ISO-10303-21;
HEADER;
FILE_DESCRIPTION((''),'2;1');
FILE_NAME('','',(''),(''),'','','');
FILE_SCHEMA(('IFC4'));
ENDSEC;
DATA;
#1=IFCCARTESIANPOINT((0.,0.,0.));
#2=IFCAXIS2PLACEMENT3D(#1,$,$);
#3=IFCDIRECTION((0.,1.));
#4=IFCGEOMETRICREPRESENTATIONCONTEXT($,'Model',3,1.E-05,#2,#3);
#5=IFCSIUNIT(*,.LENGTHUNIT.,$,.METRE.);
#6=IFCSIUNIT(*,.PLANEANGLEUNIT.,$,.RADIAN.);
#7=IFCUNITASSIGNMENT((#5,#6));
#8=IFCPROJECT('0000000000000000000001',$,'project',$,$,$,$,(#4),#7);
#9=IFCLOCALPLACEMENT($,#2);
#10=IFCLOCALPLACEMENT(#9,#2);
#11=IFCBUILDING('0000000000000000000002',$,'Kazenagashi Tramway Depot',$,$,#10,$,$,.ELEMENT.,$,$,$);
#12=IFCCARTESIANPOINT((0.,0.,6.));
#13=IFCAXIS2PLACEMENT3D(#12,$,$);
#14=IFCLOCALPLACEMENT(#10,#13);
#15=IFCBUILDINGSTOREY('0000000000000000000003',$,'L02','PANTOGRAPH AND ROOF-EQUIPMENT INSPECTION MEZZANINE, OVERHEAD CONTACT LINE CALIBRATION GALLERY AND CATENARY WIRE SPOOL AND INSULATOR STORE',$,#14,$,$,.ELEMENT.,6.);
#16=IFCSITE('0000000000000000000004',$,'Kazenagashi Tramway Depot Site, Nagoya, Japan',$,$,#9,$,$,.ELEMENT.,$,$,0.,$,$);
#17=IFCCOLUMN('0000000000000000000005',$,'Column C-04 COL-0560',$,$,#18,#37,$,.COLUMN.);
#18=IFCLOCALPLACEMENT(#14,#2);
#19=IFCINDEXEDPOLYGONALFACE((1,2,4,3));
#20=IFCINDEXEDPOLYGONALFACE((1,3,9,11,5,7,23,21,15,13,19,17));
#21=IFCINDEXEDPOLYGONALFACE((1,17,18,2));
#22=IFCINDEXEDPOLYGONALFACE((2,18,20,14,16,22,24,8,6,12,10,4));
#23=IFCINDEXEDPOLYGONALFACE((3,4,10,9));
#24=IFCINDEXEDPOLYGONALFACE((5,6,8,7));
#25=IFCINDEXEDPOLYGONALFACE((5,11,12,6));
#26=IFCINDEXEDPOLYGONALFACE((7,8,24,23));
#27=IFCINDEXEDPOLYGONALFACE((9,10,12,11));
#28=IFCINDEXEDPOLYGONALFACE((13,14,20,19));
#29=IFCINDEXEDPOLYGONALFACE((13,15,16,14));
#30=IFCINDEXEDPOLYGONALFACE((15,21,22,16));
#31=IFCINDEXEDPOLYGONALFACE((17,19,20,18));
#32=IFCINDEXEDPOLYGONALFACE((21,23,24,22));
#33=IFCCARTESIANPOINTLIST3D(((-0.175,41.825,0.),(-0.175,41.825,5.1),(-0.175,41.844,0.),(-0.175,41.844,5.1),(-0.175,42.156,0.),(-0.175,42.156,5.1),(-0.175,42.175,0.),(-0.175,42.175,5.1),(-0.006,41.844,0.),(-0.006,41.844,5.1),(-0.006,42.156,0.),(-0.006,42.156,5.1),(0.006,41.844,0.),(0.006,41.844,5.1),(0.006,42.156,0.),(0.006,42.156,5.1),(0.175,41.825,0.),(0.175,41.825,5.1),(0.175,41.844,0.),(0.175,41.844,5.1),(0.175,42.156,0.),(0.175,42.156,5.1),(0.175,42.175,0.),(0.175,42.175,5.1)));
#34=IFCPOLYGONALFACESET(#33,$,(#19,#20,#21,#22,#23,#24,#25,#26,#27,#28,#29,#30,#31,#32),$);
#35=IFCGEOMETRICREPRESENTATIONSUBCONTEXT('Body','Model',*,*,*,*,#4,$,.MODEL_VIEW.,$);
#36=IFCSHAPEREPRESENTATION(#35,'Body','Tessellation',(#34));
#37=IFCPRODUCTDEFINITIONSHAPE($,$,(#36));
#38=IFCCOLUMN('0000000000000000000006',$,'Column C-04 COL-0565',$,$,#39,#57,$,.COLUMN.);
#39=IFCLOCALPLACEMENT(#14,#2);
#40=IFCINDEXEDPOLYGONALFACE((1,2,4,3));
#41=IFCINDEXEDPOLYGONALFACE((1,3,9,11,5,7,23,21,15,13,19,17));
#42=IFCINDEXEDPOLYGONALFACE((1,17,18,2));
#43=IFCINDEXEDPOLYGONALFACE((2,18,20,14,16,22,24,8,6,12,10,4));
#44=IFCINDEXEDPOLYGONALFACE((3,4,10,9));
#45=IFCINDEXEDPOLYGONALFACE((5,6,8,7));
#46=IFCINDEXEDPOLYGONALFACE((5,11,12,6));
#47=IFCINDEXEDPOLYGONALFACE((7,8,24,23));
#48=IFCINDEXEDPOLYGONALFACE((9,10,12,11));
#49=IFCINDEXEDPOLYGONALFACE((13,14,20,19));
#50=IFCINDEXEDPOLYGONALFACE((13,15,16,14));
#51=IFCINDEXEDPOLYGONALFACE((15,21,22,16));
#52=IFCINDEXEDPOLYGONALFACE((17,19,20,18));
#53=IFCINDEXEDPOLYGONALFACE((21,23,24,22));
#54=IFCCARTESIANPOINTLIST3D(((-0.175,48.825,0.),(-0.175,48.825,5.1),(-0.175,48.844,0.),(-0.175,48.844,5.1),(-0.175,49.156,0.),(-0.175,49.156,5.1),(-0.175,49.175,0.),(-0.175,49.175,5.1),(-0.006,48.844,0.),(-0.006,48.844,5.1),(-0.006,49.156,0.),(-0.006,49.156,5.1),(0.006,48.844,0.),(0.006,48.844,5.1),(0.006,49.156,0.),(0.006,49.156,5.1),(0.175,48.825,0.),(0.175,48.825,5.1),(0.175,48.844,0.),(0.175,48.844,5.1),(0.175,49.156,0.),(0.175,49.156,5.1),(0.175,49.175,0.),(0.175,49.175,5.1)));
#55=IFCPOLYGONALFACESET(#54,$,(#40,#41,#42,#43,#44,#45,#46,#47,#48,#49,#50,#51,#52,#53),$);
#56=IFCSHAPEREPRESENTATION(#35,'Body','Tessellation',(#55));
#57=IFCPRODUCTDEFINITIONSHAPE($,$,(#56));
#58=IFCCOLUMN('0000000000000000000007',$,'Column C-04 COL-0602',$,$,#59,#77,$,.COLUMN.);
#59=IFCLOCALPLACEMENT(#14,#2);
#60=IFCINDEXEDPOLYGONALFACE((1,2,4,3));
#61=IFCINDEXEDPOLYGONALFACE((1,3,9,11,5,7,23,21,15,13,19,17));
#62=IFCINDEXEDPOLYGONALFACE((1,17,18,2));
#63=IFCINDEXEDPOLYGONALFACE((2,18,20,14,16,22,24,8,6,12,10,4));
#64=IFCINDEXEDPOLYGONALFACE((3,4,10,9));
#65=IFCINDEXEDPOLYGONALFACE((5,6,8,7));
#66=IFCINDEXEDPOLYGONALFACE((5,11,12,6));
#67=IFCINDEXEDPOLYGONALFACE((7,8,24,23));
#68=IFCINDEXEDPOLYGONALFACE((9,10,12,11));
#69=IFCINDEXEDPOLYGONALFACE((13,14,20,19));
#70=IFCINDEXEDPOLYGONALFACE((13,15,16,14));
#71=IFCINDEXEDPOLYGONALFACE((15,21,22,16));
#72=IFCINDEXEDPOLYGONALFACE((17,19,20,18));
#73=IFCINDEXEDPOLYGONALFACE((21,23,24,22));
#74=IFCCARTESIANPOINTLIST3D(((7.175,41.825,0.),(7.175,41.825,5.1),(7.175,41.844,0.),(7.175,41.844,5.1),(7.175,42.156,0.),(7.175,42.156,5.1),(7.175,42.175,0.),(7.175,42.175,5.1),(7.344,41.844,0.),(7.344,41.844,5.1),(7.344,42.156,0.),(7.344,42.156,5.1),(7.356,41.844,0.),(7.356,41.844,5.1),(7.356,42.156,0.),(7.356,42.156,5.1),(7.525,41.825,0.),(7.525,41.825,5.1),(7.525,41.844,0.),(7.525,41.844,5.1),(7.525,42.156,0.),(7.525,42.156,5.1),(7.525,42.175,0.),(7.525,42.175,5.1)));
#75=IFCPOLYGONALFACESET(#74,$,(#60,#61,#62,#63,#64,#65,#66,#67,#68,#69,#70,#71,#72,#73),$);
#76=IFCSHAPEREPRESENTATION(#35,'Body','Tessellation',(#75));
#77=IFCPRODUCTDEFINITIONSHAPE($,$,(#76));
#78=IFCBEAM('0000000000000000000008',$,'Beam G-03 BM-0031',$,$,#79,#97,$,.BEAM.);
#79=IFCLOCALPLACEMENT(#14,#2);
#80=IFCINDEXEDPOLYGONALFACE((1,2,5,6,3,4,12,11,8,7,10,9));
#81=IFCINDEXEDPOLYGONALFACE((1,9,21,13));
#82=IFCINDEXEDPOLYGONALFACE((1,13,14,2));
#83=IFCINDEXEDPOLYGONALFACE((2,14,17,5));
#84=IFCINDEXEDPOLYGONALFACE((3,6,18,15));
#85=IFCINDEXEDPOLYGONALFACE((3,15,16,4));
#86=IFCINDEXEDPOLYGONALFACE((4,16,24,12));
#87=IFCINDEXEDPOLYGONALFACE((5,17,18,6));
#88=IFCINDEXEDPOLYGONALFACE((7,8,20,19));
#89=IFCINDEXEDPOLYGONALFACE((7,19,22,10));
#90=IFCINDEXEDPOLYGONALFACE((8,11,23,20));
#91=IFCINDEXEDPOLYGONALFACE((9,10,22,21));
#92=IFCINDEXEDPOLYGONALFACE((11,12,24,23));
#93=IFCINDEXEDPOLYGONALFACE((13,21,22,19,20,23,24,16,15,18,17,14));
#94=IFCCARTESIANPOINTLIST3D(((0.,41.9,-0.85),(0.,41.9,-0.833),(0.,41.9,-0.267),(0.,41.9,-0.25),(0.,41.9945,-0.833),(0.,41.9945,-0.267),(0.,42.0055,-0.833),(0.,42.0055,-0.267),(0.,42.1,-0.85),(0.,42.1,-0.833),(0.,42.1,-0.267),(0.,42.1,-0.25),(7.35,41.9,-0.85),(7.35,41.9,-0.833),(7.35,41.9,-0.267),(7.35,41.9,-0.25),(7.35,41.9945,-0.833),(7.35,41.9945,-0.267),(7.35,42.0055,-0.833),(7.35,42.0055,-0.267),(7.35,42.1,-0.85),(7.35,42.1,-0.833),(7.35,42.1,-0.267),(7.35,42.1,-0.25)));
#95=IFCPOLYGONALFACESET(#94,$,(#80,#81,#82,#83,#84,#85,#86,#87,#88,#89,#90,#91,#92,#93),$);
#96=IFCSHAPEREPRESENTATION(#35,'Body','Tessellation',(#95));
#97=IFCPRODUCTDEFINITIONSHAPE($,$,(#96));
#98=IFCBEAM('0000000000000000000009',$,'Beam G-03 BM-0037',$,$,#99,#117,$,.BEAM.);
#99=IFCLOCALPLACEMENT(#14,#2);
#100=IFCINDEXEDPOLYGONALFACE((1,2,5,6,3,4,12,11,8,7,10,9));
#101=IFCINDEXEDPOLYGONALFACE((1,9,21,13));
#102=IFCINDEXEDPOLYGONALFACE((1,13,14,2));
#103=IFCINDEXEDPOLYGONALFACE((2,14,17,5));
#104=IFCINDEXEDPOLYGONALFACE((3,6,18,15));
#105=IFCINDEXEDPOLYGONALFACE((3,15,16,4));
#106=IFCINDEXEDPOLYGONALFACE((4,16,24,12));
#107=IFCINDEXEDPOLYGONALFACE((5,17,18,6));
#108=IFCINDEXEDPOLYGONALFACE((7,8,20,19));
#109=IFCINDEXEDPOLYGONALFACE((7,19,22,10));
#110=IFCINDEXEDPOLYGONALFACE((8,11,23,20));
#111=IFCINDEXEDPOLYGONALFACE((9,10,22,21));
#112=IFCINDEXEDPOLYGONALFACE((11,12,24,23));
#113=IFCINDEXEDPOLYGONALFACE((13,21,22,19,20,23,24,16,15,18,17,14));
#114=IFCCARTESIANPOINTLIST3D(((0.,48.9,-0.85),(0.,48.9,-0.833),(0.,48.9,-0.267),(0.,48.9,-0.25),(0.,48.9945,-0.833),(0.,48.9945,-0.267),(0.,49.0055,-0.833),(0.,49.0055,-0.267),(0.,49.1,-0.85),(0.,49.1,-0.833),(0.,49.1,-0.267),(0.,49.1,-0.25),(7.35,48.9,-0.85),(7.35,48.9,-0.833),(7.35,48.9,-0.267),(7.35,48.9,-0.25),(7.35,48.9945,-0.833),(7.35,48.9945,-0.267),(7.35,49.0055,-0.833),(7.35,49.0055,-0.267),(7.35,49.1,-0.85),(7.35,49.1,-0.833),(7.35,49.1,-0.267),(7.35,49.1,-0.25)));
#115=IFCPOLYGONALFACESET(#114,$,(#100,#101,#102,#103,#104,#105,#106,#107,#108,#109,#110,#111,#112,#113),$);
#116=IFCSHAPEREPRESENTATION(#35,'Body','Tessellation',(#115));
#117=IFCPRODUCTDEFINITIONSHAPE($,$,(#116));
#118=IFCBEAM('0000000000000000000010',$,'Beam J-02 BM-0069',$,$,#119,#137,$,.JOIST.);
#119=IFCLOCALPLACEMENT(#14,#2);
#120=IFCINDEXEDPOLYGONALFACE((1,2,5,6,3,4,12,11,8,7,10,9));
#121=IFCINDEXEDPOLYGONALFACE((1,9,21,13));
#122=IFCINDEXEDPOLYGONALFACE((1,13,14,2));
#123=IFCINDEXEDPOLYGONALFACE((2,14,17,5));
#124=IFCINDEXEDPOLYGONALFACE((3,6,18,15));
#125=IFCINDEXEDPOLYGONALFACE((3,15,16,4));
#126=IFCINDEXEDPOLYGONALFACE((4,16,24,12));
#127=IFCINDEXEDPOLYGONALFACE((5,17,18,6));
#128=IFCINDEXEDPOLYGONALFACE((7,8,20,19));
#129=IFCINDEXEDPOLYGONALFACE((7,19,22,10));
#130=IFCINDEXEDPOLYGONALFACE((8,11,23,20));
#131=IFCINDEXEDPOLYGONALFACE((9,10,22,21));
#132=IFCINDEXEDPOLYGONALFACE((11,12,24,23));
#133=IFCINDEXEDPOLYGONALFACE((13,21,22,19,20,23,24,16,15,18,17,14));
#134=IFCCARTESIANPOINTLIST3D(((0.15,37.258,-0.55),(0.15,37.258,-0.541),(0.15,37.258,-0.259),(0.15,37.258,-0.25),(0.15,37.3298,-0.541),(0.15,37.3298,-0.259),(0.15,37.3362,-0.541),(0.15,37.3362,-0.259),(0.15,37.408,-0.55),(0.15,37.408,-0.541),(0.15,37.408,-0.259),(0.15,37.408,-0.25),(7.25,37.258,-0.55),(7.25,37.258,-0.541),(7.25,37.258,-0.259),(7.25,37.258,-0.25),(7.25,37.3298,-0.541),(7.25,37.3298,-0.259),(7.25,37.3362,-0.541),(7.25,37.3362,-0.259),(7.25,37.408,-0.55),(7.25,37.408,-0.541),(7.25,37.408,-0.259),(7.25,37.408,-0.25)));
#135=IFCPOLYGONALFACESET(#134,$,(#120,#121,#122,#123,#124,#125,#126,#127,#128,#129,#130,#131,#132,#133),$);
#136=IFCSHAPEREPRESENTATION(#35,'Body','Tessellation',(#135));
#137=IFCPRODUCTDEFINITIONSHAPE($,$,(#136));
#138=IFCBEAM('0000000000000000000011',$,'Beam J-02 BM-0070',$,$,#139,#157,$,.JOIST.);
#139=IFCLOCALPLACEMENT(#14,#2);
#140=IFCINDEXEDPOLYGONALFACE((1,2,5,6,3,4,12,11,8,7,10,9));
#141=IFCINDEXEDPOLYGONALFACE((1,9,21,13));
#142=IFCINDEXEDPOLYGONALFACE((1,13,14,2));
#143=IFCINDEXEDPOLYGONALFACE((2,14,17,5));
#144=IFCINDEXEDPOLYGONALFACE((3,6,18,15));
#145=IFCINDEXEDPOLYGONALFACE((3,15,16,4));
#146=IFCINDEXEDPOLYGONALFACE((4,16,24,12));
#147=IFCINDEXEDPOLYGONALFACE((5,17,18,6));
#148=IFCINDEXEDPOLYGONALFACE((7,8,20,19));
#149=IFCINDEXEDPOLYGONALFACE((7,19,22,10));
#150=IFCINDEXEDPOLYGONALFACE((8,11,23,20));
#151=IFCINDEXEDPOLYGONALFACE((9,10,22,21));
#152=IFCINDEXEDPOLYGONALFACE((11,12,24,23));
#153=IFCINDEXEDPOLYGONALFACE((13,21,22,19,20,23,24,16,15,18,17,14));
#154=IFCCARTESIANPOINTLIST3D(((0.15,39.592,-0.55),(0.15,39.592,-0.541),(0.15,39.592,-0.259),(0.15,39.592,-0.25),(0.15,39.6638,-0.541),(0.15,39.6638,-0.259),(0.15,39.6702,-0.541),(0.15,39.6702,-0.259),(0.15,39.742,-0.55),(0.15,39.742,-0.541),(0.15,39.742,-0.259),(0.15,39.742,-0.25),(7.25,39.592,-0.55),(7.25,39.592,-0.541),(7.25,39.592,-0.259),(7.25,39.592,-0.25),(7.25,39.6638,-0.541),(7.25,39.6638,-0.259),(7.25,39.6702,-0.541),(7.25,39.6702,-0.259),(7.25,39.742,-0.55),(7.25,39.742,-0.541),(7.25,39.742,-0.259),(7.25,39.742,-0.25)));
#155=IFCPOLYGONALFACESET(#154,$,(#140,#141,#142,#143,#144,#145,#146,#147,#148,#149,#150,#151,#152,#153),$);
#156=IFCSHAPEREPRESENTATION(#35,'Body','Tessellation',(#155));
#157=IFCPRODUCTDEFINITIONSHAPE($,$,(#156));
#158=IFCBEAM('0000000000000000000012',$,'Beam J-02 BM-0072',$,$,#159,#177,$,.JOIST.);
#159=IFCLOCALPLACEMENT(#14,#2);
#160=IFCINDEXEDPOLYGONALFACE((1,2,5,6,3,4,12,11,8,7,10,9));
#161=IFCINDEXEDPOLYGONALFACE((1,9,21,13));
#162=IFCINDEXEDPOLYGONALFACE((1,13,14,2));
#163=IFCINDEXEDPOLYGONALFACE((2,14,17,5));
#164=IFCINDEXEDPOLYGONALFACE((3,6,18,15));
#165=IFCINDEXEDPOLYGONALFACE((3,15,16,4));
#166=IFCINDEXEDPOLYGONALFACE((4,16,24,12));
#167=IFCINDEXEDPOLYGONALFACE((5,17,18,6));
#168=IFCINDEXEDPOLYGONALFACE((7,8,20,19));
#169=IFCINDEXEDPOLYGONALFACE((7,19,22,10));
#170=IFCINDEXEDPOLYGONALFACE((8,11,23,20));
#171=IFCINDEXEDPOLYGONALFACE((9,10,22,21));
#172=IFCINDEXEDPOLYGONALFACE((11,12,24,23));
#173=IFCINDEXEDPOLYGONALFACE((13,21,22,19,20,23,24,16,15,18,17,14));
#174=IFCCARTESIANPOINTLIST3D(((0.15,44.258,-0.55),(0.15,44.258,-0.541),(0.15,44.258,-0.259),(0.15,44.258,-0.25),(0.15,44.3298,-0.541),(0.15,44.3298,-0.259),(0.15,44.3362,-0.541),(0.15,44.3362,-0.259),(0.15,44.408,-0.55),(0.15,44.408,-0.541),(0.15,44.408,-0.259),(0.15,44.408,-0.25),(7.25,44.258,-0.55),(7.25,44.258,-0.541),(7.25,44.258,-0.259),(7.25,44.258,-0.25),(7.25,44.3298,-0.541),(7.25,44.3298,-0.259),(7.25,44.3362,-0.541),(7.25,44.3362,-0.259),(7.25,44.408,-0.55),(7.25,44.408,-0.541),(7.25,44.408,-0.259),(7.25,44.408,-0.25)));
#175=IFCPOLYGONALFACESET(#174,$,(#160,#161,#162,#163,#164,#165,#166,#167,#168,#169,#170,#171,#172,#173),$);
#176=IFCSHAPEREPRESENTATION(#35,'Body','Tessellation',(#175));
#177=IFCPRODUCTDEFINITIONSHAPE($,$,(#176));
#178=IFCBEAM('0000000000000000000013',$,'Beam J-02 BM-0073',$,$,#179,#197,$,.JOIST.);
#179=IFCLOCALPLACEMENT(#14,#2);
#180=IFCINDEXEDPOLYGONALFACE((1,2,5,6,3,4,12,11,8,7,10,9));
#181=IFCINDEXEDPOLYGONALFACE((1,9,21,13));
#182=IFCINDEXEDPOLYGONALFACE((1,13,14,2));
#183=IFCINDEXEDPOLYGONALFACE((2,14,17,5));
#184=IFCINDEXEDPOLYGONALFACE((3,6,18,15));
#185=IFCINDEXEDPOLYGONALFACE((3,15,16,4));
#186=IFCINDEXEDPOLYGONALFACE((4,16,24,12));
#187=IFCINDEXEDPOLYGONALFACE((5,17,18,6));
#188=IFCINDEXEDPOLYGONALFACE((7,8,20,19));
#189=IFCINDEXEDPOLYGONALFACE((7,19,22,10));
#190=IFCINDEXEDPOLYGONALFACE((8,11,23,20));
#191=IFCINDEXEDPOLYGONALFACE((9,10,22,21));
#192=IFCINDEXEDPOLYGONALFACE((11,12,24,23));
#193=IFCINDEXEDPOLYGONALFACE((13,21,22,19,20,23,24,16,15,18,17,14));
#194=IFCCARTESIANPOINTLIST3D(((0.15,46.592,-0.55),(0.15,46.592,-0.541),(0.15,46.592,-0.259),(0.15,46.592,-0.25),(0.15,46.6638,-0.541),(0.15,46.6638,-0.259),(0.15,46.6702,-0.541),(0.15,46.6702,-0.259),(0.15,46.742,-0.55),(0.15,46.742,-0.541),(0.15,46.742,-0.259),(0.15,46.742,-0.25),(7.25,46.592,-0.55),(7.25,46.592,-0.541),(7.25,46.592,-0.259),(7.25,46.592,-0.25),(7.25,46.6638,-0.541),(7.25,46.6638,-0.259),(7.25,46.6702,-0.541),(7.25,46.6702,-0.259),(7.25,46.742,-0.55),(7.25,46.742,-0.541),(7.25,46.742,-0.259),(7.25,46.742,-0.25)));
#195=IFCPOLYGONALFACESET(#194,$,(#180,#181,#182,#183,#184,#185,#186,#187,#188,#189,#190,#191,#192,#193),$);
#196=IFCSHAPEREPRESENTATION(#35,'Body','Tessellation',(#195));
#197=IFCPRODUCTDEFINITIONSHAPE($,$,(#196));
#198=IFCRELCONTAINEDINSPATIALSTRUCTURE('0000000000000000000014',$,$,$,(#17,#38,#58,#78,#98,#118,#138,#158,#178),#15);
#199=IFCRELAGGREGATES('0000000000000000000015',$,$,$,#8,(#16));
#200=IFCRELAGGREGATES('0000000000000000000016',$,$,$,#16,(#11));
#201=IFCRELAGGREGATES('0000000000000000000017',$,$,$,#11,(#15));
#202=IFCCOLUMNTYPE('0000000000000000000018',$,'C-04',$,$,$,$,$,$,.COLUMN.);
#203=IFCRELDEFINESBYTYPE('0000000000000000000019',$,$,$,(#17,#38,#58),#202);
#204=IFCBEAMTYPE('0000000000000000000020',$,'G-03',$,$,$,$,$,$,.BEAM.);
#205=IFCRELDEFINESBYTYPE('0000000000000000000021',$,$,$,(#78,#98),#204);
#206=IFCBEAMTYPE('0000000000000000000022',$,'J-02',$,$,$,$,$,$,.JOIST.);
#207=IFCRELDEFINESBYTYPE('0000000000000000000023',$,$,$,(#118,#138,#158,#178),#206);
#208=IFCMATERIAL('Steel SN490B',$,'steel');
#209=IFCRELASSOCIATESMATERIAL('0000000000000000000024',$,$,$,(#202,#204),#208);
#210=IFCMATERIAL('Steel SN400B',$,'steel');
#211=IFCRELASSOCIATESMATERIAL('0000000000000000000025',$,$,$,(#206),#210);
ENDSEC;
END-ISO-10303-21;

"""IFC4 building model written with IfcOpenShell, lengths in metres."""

from ifc_helpers import new_model, si_unit, direction, frame, origin, origin_2d, place, context, subcontext, project, spatial, i_section, extrude, material, material_profile, profile_set, type_object, element, save


model = new_model("IFC4")

# Units and contexts
model_context = context("Model", 3, precision=1e-05, world=origin(), true_north=direction((0.0, 1.0)))
body_context = subcontext(model_context, "Body", "Model", "MODEL_VIEW")
ifc_project = project(units=[si_unit("LENGTHUNIT", "METRE"), si_unit("PLANEANGLEUNIT", "RADIAN")], contexts=[model_context])

# Site, building, storey
site_placement = place(None, origin())
site = spatial("IfcSite", under=ifc_project, at=site_placement, Name="Kazenagashi Tramway Depot Site, Nagoya, Japan", CompositionType="ELEMENT", RefElevation=0.0)
building_placement = place(site_placement, origin())
building = spatial("IfcBuilding", under=site, at=building_placement, Name="Kazenagashi Tramway Depot", CompositionType="ELEMENT")
storey_placement = place(building_placement, frame((0.0, 0.0, 6.0)))
storey = spatial("IfcBuildingStorey", under=building, at=storey_placement, Name="L02", Description="PANTOGRAPH AND ROOF-EQUIPMENT INSPECTION MEZZANINE, OVERHEAD CONTACT LINE CALIBRATION GALLERY AND CATENARY WIRE SPOOL AND INSULATOR STORE", CompositionType="ELEMENT", Elevation=6.0)

# Columns
ifc_material_1 = material(Name="Steel SN490B", Category="steel")
ifc_material_profile_1 = material_profile(ifc_material_1, i_section(OverallWidth=0.35, OverallDepth=0.35, WebThickness=0.012, FlangeThickness=0.019, at=origin_2d()), Name="H-350x350x12x19")
ifc_profile_set_1 = profile_set([ifc_material_profile_1], Name="Steel SN490B")
column_type = type_object("IfcColumnType", Name="C-04", PredefinedType="COLUMN", material=ifc_profile_set_1)
for number, where, z_axis, x_axis, name in (
    (1, (0.0, 42.0, 0.0), (0.0, 0.0, 1.0), (1.0, 0.0, 0.0), "Column C-04 COL-0560"),
    (2, (0.0, 49.0, 0.0), (0.0, 0.0, 1.0), (1.0, 0.0, 0.0), "Column C-04 COL-0565"),
    (3, (7.35, 42.0, 0.0), (0.0, 0.0, 1.0), (1.0, 0.0, 0.0), "Column C-04 COL-0602"),
):
    element("IfcColumn", number, at=place(storey_placement, frame(where, z_axis=z_axis, x_axis=x_axis)), inside=storey, type_object=column_type, Name=name, PredefinedType="COLUMN", context=body_context, shape_type="SweptSolid", body=[
        extrude(i_section(OverallWidth=0.35, OverallDepth=0.35, WebThickness=0.012, FlangeThickness=0.019, at=origin_2d()), origin(), (0.0, 0.0, 1.0), 5.1),
    ])

# Beams
ifc_material_profile_2 = material_profile(ifc_material_1, i_section(OverallWidth=0.2, OverallDepth=0.6, WebThickness=0.011, FlangeThickness=0.017, at=origin_2d()), Name="H-600x200x11x17")
ifc_profile_set_2 = profile_set([ifc_material_profile_2], Name="Steel SN490B")
beam_type_1 = type_object("IfcBeamType", Name="G-03", PredefinedType="BEAM", material=ifc_profile_set_2)
for number, where, z_axis, x_axis, name in (
    (4, (0.0, 42.0, -0.55), (1.0, 0.0, 0.0), (0.0, 1.0, 0.0), "Beam G-03 BM-0031"),
    (5, (0.0, 49.0, -0.55), (1.0, 0.0, 0.0), (0.0, 1.0, 0.0), "Beam G-03 BM-0037"),
):
    element("IfcBeam", number, at=place(storey_placement, frame(where, z_axis=z_axis, x_axis=x_axis)), inside=storey, type_object=beam_type_1, Name=name, PredefinedType="BEAM", context=body_context, shape_type="SweptSolid", body=[
        extrude(i_section(OverallWidth=0.2, OverallDepth=0.6, WebThickness=0.011, FlangeThickness=0.017, at=origin_2d()), origin(), (0.0, 0.0, 1.0), 7.35),
    ])
ifc_material_2 = material(Name="Steel SN400B", Category="steel")
ifc_material_profile_3 = material_profile(ifc_material_2, i_section(OverallWidth=0.15, OverallDepth=0.3, WebThickness=0.0065, FlangeThickness=0.009, at=origin_2d()), Name="H-300x150x6.5x9")
ifc_profile_set_3 = profile_set([ifc_material_profile_3], Name="Steel SN400B")
beam_type_2 = type_object("IfcBeamType", Name="J-02", PredefinedType="JOIST", material=ifc_profile_set_3)
for number, where, z_axis, x_axis, name in (
    (6, (0.15, 37.333, -0.4), (1.0, 0.0, 0.0), (0.0, 1.0, 0.0), "Beam J-02 BM-0069"),
    (7, (0.15, 39.667, -0.4), (1.0, 0.0, 0.0), (0.0, 1.0, 0.0), "Beam J-02 BM-0070"),
    (8, (0.15, 44.333, -0.4), (1.0, 0.0, 0.0), (0.0, 1.0, 0.0), "Beam J-02 BM-0072"),
    (9, (0.15, 46.667, -0.4), (1.0, 0.0, 0.0), (0.0, 1.0, 0.0), "Beam J-02 BM-0073"),
):
    element("IfcBeam", number, at=place(storey_placement, frame(where, z_axis=z_axis, x_axis=x_axis)), inside=storey, type_object=beam_type_2, Name=name, PredefinedType="JOIST", context=body_context, shape_type="SweptSolid", body=[
        extrude(i_section(OverallWidth=0.15, OverallDepth=0.3, WebThickness=0.0065, FlangeThickness=0.009, at=origin_2d()), origin(), (0.0, 0.0, 1.0), 7.1),
    ])

save(model, "model.ifc")
